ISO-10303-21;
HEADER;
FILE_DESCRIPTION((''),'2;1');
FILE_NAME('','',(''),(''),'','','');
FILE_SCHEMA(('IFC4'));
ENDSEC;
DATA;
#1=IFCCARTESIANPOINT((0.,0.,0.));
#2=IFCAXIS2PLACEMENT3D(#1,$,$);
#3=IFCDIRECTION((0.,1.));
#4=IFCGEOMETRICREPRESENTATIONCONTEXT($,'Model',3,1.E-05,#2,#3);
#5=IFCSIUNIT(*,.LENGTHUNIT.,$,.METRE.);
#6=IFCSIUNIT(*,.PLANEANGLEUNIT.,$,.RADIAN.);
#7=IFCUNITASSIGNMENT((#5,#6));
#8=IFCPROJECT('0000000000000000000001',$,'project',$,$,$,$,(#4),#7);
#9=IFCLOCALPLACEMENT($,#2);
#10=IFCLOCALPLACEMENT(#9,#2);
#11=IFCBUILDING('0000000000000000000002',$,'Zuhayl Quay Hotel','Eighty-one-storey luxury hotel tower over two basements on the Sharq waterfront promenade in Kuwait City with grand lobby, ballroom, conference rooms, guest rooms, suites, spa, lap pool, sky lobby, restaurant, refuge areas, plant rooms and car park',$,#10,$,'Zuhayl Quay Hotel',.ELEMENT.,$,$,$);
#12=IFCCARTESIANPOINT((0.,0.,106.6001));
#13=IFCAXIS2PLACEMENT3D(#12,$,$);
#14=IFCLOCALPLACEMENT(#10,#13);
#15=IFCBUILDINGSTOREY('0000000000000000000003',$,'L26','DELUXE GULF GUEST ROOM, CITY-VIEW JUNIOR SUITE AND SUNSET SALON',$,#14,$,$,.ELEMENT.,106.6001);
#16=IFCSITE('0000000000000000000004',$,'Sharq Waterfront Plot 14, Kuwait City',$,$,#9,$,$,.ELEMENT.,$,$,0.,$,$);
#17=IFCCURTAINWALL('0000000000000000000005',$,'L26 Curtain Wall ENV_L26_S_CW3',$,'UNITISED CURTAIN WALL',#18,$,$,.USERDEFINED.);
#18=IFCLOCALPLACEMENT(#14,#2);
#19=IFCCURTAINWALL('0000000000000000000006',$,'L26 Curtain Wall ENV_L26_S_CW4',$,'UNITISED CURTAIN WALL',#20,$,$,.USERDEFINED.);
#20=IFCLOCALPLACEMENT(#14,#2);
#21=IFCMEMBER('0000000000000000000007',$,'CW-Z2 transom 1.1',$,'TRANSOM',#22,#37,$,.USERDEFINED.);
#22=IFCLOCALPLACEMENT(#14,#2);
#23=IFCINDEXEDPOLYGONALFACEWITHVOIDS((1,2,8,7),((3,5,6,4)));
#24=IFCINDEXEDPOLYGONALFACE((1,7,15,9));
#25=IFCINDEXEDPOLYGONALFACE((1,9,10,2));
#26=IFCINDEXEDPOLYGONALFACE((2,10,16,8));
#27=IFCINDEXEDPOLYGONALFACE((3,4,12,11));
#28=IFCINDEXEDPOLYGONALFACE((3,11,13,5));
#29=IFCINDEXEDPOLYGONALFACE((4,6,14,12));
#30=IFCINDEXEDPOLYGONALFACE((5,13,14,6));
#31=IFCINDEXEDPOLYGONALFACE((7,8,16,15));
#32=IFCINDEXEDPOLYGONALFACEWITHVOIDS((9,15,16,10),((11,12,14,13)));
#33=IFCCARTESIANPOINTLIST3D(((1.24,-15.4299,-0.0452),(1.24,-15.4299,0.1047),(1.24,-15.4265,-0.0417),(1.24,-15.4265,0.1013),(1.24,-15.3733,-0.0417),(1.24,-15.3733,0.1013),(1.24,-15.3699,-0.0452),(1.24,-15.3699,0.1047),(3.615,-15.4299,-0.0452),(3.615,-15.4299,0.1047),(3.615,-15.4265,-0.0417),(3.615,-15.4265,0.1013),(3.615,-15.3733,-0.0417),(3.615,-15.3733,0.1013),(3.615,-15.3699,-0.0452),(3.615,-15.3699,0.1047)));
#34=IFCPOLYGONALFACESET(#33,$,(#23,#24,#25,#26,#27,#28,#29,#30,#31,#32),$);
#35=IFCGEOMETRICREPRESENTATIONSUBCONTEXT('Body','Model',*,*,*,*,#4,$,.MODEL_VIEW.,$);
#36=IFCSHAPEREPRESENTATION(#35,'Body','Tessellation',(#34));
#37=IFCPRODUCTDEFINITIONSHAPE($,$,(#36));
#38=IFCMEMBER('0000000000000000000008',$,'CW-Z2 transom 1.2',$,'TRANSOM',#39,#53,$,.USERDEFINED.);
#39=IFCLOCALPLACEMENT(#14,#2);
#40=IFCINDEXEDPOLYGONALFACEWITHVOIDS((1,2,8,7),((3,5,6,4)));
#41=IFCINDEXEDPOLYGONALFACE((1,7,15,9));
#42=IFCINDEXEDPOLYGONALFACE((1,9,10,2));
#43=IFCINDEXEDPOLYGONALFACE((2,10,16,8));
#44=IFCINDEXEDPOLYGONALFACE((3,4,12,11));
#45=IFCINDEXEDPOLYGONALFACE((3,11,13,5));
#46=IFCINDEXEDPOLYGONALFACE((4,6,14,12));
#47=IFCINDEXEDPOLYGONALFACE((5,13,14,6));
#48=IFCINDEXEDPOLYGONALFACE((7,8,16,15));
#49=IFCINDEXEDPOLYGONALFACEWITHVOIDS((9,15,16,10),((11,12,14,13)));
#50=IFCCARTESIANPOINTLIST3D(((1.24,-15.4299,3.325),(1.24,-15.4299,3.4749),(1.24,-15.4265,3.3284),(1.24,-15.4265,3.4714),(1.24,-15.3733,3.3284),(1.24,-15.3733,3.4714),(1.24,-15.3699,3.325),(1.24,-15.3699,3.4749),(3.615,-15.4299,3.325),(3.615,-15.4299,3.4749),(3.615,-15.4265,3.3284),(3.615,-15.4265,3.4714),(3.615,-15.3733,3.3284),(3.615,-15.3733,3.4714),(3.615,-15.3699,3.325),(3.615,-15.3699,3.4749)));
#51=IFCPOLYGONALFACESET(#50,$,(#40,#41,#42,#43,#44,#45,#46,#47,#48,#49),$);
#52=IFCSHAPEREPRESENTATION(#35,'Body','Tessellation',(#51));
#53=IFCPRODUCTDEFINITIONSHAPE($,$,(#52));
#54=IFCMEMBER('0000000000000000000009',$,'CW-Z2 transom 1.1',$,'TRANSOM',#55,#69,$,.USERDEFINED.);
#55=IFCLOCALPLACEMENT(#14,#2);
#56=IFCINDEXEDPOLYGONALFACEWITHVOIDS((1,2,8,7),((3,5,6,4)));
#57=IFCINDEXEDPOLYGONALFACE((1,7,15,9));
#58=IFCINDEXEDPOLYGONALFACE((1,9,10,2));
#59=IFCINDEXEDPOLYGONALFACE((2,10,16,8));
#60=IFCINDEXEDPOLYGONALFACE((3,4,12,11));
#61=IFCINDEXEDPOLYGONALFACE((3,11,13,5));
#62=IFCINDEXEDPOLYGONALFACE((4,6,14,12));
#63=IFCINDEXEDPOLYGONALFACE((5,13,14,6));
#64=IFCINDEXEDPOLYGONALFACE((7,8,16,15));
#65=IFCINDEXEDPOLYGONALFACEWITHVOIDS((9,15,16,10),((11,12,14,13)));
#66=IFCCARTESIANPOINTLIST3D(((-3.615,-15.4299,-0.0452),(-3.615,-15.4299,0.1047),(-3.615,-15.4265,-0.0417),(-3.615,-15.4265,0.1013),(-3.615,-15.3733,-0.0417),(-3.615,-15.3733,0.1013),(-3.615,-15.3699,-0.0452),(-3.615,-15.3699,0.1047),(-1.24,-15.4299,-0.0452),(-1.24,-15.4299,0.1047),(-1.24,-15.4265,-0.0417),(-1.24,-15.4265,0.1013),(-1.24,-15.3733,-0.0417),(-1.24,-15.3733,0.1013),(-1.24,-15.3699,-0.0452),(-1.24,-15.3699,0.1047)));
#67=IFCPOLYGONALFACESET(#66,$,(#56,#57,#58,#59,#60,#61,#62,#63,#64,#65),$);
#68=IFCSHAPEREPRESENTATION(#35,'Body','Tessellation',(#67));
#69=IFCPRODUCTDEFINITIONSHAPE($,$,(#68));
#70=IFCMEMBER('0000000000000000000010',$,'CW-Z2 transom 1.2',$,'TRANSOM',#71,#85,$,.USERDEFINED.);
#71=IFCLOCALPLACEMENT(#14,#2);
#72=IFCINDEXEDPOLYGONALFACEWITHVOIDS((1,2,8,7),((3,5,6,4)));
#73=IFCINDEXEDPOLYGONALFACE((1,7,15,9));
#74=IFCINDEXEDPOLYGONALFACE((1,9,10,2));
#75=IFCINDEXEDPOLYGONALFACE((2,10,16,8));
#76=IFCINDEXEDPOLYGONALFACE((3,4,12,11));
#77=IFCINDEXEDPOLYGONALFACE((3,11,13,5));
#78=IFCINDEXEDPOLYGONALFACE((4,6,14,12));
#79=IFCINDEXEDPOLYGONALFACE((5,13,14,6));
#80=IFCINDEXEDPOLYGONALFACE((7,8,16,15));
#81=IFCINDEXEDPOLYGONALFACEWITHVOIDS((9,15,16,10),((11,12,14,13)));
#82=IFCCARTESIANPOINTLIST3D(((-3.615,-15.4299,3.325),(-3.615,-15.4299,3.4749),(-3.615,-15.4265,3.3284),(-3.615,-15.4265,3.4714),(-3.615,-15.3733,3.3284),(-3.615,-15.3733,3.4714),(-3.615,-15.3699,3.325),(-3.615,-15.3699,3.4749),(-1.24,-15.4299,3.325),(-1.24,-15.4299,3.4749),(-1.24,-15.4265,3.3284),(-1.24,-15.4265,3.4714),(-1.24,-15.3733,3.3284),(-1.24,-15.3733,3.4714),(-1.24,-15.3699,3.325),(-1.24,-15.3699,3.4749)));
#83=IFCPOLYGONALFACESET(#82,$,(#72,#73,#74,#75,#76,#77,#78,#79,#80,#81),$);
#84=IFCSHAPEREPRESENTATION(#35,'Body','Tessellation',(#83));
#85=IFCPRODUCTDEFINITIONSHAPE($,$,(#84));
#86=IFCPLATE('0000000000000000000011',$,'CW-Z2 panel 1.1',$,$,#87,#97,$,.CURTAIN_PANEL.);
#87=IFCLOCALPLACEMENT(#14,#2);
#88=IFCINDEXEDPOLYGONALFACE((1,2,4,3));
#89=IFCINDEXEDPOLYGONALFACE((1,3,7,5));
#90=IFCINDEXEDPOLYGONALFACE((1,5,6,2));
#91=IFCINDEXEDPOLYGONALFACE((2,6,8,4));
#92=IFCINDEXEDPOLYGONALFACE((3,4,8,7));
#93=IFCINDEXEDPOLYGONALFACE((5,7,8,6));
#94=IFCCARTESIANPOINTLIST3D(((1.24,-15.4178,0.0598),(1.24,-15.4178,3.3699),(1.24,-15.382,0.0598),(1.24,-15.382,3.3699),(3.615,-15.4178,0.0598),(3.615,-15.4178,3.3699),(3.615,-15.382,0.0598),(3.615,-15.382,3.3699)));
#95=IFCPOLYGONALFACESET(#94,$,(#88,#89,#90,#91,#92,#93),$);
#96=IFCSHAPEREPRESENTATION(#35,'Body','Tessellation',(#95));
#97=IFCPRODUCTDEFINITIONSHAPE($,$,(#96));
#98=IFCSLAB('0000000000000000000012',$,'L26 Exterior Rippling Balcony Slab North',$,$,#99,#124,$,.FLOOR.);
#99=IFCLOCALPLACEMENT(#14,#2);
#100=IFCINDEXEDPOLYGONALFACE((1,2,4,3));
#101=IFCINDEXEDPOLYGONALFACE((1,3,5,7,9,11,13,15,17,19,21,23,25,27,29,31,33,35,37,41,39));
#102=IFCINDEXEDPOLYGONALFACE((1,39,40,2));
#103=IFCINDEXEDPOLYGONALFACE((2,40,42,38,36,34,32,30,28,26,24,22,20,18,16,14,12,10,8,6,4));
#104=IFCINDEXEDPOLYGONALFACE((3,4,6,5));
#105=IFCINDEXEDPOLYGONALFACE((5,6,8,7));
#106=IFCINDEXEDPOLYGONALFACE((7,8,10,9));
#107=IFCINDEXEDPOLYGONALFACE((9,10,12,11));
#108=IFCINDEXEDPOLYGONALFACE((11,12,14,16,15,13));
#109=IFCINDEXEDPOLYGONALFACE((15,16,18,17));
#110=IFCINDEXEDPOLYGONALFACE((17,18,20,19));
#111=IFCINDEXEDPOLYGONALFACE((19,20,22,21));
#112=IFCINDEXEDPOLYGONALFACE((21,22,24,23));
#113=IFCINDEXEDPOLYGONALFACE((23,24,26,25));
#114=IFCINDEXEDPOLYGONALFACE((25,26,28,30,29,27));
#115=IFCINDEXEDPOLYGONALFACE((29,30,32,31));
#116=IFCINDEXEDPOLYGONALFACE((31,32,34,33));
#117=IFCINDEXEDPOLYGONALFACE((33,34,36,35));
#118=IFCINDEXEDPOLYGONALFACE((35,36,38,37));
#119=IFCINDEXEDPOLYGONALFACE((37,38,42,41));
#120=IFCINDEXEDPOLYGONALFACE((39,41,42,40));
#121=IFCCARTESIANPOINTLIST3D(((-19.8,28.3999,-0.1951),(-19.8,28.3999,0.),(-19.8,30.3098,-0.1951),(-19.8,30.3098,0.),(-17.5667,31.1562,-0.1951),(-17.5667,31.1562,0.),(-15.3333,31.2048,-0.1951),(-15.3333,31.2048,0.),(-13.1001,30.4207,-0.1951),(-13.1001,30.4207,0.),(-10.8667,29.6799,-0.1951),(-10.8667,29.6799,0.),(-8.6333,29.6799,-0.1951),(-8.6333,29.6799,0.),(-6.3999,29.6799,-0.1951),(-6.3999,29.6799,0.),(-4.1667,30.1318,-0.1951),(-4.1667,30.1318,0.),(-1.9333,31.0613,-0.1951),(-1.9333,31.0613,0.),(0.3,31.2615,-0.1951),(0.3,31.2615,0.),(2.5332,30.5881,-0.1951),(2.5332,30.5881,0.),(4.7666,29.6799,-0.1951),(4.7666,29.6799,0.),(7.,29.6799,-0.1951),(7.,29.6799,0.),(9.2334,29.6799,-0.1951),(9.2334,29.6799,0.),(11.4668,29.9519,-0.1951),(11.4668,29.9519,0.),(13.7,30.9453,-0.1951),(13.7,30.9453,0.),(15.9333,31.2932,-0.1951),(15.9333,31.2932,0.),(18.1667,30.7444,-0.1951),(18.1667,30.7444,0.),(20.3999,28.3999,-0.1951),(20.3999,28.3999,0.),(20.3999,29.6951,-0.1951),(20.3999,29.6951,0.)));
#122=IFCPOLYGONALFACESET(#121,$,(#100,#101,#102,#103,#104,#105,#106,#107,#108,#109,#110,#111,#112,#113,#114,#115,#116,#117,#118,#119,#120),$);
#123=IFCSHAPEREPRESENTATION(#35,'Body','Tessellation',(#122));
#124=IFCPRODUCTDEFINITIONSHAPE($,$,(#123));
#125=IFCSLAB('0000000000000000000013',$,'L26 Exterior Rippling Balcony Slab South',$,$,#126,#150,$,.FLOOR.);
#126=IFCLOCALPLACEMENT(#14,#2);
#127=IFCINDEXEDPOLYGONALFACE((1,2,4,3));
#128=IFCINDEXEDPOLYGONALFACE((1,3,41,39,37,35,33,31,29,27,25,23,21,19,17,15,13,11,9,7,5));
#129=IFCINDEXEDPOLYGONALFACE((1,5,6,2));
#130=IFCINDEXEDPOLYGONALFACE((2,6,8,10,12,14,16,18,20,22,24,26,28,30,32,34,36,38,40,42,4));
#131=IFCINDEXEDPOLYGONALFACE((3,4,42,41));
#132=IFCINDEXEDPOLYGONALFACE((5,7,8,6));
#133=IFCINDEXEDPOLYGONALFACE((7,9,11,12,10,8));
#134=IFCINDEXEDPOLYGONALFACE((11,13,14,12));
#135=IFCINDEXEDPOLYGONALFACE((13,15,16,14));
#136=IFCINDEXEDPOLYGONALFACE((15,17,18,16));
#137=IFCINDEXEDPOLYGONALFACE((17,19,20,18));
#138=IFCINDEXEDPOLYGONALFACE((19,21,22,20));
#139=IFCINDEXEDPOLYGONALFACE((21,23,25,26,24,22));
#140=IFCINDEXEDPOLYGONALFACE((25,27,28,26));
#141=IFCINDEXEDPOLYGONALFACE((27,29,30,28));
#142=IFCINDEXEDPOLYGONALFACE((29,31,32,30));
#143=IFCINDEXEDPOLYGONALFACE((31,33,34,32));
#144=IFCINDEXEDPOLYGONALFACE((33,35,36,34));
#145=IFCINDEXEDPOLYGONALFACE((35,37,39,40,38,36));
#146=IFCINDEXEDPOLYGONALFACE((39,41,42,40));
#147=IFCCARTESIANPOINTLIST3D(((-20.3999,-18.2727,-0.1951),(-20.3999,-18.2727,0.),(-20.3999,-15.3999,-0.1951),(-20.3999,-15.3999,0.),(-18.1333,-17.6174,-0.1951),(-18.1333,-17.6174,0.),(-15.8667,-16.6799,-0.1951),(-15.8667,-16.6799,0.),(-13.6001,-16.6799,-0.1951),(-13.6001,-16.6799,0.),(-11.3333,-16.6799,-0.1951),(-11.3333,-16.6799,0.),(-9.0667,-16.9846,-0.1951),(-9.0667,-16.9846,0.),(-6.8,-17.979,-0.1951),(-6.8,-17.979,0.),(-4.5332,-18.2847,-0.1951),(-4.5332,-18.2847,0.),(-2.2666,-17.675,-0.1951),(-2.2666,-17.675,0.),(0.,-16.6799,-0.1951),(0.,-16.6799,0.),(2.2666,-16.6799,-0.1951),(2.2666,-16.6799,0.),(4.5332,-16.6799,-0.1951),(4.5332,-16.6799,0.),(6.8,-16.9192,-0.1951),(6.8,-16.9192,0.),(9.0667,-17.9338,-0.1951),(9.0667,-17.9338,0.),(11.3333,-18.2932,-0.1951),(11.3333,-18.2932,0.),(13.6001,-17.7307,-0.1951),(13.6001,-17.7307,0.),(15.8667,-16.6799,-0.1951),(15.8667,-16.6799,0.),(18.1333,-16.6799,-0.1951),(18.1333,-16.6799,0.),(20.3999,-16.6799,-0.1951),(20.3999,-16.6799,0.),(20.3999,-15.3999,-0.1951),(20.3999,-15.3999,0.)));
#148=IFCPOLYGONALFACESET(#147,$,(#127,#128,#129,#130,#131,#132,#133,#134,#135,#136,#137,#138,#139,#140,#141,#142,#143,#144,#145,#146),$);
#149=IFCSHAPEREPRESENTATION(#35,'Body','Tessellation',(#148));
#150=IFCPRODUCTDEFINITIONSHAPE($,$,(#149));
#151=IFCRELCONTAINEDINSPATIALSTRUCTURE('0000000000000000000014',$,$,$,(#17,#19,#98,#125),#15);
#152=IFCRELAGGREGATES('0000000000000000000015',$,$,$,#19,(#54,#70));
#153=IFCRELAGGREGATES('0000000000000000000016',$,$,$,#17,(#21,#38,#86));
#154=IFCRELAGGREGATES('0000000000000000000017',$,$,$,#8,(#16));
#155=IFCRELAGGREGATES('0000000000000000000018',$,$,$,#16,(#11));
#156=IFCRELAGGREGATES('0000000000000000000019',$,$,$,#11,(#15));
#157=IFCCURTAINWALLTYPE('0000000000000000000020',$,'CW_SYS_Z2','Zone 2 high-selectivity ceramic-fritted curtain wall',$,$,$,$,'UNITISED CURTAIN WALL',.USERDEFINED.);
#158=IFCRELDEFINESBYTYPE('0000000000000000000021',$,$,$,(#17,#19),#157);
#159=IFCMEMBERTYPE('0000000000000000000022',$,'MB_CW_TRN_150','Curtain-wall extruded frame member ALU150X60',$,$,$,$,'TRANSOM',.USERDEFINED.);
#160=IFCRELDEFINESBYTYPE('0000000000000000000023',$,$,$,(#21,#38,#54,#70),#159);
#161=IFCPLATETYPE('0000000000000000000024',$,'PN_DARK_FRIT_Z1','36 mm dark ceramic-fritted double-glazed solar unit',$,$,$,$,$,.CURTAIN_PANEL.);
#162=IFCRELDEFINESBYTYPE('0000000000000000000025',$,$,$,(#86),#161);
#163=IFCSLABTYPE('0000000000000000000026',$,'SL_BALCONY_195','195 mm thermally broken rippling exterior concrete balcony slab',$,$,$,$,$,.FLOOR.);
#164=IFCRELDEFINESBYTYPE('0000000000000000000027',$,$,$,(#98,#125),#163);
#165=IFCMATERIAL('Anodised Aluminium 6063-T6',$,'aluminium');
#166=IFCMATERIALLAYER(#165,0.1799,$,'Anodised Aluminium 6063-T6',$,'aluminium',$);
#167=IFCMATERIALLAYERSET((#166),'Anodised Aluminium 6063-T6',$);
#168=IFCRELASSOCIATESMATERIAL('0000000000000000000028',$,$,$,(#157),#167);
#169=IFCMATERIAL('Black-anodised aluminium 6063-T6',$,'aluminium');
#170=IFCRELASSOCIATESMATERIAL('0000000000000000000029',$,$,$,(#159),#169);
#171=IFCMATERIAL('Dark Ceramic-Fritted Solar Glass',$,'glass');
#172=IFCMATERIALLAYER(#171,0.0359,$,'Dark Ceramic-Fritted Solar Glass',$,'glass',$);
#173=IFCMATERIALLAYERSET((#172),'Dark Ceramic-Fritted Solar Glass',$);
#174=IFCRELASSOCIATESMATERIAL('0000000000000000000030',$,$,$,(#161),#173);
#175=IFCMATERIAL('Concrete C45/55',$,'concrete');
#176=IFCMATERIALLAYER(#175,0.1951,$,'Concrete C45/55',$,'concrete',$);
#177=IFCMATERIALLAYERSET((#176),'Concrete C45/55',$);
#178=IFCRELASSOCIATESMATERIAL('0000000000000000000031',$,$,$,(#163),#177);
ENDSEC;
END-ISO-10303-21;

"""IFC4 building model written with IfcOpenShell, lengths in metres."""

from ifc_helpers import new_model, si_unit, direction, frame, origin, origin_2d, place, context, subcontext, project, spatial, polyline, rectangle, hollow_rectangle, outline, extrude, material, layer, layer_set, material_profile, profile_set, type_object, element, aggregate, save


model = new_model("IFC4")

# Units and contexts
model_context = context("Model", 3, precision=1e-05, world=origin(), true_north=direction((0.0, 1.0)))
body_context = subcontext(model_context, "Body", "Model", "MODEL_VIEW")
ifc_project = project(units=[si_unit("LENGTHUNIT", "METRE"), si_unit("PLANEANGLEUNIT", "RADIAN")], contexts=[model_context])

# Site, building, storey
site_placement = place(None, origin())
site = spatial("IfcSite", under=ifc_project, at=site_placement, Name="Sharq Waterfront Plot 14, Kuwait City", CompositionType="ELEMENT", RefElevation=0.0)
building_placement = place(site_placement, origin())
building = spatial("IfcBuilding", under=site, at=building_placement, Name="Zuhayl Quay Hotel", Description="Eighty-one-storey luxury hotel tower over two basements on the Sharq waterfront promenade in Kuwait City with grand lobby, ballroom, conference rooms, guest rooms, suites, spa, lap pool, sky lobby, restaurant, refuge areas, plant rooms and car park", LongName="Zuhayl Quay Hotel", CompositionType="ELEMENT")
storey_placement = place(building_placement, frame((0.0, 0.0, 106.6001)))
storey = spatial("IfcBuildingStorey", under=building, at=storey_placement, Name="L26", Description="DELUXE GULF GUEST ROOM, CITY-VIEW JUNIOR SUITE AND SUNSET SALON", CompositionType="ELEMENT", Elevation=106.6001)

# Curtain wall
ifc_material_1 = material(Name="Anodised Aluminium 6063-T6", Category="aluminium")
ifc_layer_1 = layer(ifc_material_1, 0.1799, Name="Anodised Aluminium 6063-T6", Category="aluminium")
ifc_layer_set_1 = layer_set([ifc_layer_1], Name="Anodised Aluminium 6063-T6")
curtain_wall_type = type_object("IfcCurtainWallType", Name="CW_SYS_Z2", Description="Zone 2 high-selectivity ceramic-fritted curtain wall", ElementType="UNITISED CURTAIN WALL", PredefinedType="USERDEFINED", material=ifc_layer_set_1)
curtain_wall_1_placement = place(storey_placement, origin())
curtain_wall_1 = element("IfcCurtainWall", 1, at=curtain_wall_1_placement, inside=storey, type_object=curtain_wall_type, Name="L26 Curtain Wall ENV_L26_S_CW3", ObjectType="UNITISED CURTAIN WALL", PredefinedType="USERDEFINED")
ifc_material_2 = material(Name="Black-anodised aluminium 6063-T6", Category="aluminium")

# Curtain wall
curtain_wall_2_placement = place(storey_placement, origin())
curtain_wall_2 = element("IfcCurtainWall", 2, at=curtain_wall_2_placement, inside=storey, type_object=curtain_wall_type, Name="L26 Curtain Wall ENV_L26_S_CW4", ObjectType="UNITISED CURTAIN WALL", PredefinedType="USERDEFINED")

# Members
ifc_material_profile_1 = material_profile(ifc_material_2, hollow_rectangle(XDim=0.0601, YDim=0.1499, WallThickness=0.0034, at=origin_2d()), Name="ALU150X60")
ifc_profile_set_1 = profile_set([ifc_material_profile_1], Name="Black-anodised aluminium 6063-T6")
member_type_1 = type_object("IfcMemberType", Name="MB_CW_TRN_150", Description="Curtain-wall extruded frame member ALU150X60", ElementType="TRANSOM", PredefinedType="USERDEFINED", material=ifc_profile_set_1)
member_1_placement = place(storey_placement, frame((3.615, -15.3999, 0.0298), z_axis=(-1.0, 0.0, 0.0), x_axis=(0.0, -1.0, 0.0)))
member_1 = element("IfcMember", 3, at=member_1_placement, type_object=member_type_1, Name="CW-Z2 transom 1.1", ObjectType="TRANSOM", PredefinedType="USERDEFINED", context=body_context, shape_type="SweptSolid", body=[
    extrude(hollow_rectangle(XDim=0.0601, YDim=0.1499, WallThickness=0.0034, at=origin_2d()), origin(), (0.0, 0.0, 1.0), 2.375),
])
member_2_placement = place(storey_placement, frame((3.615, -15.3999, 3.3999), z_axis=(-1.0, 0.0, 0.0), x_axis=(0.0, -1.0, 0.0)))
member_2 = element("IfcMember", 4, at=member_2_placement, type_object=member_type_1, Name="CW-Z2 transom 1.2", ObjectType="TRANSOM", PredefinedType="USERDEFINED", context=body_context, shape_type="SweptSolid", body=[
    extrude(hollow_rectangle(XDim=0.0601, YDim=0.1499, WallThickness=0.0034, at=origin_2d()), origin(), (0.0, 0.0, 1.0), 2.375),
])
member_3_placement = place(storey_placement, frame((-1.24, -15.3999, 0.0298), z_axis=(-1.0, 0.0, 0.0), x_axis=(0.0, -1.0, 0.0)))
member_3 = element("IfcMember", 5, at=member_3_placement, type_object=member_type_1, Name="CW-Z2 transom 1.1", ObjectType="TRANSOM", PredefinedType="USERDEFINED", context=body_context, shape_type="SweptSolid", body=[
    extrude(hollow_rectangle(XDim=0.0601, YDim=0.1499, WallThickness=0.0034, at=origin_2d()), origin(), (0.0, 0.0, 1.0), 2.375),
])
member_4_placement = place(storey_placement, frame((-1.24, -15.3999, 3.3999), z_axis=(-1.0, 0.0, 0.0), x_axis=(0.0, -1.0, 0.0)))
member_4 = element("IfcMember", 6, at=member_4_placement, type_object=member_type_1, Name="CW-Z2 transom 1.2", ObjectType="TRANSOM", PredefinedType="USERDEFINED", context=body_context, shape_type="SweptSolid", body=[
    extrude(hollow_rectangle(XDim=0.0601, YDim=0.1499, WallThickness=0.0034, at=origin_2d()), origin(), (0.0, 0.0, 1.0), 2.375),
])
aggregate(curtain_wall_2, [member_3, member_4])

# Plate
ifc_material_3 = material(Name="Dark Ceramic-Fritted Solar Glass", Category="glass")
ifc_layer_2 = layer(ifc_material_3, 0.0359, Name="Dark Ceramic-Fritted Solar Glass", Category="glass")
ifc_layer_set_2 = layer_set([ifc_layer_2], Name="Dark Ceramic-Fritted Solar Glass")
plate_type = type_object("IfcPlateType", Name="PN_DARK_FRIT_Z1", Description="36 mm dark ceramic-fritted double-glazed solar unit", PredefinedType="CURTAIN_PANEL", material=ifc_layer_set_2)
plate_placement = place(storey_placement, frame((2.4275, -15.3999, 0.0598), z_axis=(0.0, 0.0, 1.0), x_axis=(-1.0, 0.0, 0.0)))
plate = element("IfcPlate", 7, at=plate_placement, type_object=plate_type, Name="CW-Z2 panel 1.1", PredefinedType="CURTAIN_PANEL", context=body_context, shape_type="SweptSolid", body=[
    extrude(rectangle(XDim=2.375, YDim=0.0359, at=origin_2d()), origin(), (0.0, 0.0, 1.0), 3.3101),
])
aggregate(curtain_wall_1, [member_1, member_2, plate])

# Slabs
ifc_material_4 = material(Name="Concrete C45/55", Category="concrete")
ifc_layer_3 = layer(ifc_material_4, 0.1951, Name="Concrete C45/55", Category="concrete")
ifc_layer_set_3 = layer_set([ifc_layer_3], Name="Concrete C45/55")
slab_type_1 = type_object("IfcSlabType", Name="SL_BALCONY_195", Description="195 mm thermally broken rippling exterior concrete balcony slab", PredefinedType="FLOOR", material=ifc_layer_set_3)
slab_1_placement = place(storey_placement, frame((0.0, 0.0, -0.1951)))
element("IfcSlab", 8, at=slab_1_placement, inside=storey, type_object=slab_type_1, Name="L26 Exterior Rippling Balcony Slab North", PredefinedType="FLOOR", context=body_context, shape_type="SweptSolid", body=[
    extrude(outline(polyline([(-19.8, 28.3999), (20.3999, 28.3999), (20.3999, 29.6951), (18.1667, 30.7444), (15.9333, 31.2932), (13.7, 30.9453), (11.4668, 29.9519), (9.2334, 29.6799), (7.0, 29.6799), (4.7666, 29.6799), (2.5332, 30.5881), (0.3, 31.2615), (-1.9333, 31.0613), (-4.1667, 30.1318), (-6.3999, 29.6799), (-8.6333, 29.6799), (-10.8667, 29.6799), (-13.1001, 30.4207), (-15.3333, 31.2048), (-17.5667, 31.1562), (-19.8, 30.3098), (-19.8, 28.3999)])), origin(), (0.0, 0.0, 1.0), 0.1951),
])
slab_2_placement = place(storey_placement, frame((0.0, 0.0, -0.1951)))
element("IfcSlab", 9, at=slab_2_placement, inside=storey, type_object=slab_type_1, Name="L26 Exterior Rippling Balcony Slab South", PredefinedType="FLOOR", context=body_context, shape_type="SweptSolid", body=[
    extrude(outline(polyline([(-20.3999, -18.2727), (-18.1333, -17.6174), (-15.8667, -16.6799), (-13.6001, -16.6799), (-11.3333, -16.6799), (-9.0667, -16.9846), (-6.8, -17.979), (-4.5332, -18.2847), (-2.2666, -17.675), (0.0, -16.6799), (2.2666, -16.6799), (4.5332, -16.6799), (6.8, -16.9192), (9.0667, -17.9338), (11.3333, -18.2932), (13.6001, -17.7307), (15.8667, -16.6799), (18.1333, -16.6799), (20.3999, -16.6799), (20.3999, -15.3999), (-20.3999, -15.3999), (-20.3999, -18.2727)])), origin(), (0.0, 0.0, 1.0), 0.1951),
])

save(model, "model.ifc")
